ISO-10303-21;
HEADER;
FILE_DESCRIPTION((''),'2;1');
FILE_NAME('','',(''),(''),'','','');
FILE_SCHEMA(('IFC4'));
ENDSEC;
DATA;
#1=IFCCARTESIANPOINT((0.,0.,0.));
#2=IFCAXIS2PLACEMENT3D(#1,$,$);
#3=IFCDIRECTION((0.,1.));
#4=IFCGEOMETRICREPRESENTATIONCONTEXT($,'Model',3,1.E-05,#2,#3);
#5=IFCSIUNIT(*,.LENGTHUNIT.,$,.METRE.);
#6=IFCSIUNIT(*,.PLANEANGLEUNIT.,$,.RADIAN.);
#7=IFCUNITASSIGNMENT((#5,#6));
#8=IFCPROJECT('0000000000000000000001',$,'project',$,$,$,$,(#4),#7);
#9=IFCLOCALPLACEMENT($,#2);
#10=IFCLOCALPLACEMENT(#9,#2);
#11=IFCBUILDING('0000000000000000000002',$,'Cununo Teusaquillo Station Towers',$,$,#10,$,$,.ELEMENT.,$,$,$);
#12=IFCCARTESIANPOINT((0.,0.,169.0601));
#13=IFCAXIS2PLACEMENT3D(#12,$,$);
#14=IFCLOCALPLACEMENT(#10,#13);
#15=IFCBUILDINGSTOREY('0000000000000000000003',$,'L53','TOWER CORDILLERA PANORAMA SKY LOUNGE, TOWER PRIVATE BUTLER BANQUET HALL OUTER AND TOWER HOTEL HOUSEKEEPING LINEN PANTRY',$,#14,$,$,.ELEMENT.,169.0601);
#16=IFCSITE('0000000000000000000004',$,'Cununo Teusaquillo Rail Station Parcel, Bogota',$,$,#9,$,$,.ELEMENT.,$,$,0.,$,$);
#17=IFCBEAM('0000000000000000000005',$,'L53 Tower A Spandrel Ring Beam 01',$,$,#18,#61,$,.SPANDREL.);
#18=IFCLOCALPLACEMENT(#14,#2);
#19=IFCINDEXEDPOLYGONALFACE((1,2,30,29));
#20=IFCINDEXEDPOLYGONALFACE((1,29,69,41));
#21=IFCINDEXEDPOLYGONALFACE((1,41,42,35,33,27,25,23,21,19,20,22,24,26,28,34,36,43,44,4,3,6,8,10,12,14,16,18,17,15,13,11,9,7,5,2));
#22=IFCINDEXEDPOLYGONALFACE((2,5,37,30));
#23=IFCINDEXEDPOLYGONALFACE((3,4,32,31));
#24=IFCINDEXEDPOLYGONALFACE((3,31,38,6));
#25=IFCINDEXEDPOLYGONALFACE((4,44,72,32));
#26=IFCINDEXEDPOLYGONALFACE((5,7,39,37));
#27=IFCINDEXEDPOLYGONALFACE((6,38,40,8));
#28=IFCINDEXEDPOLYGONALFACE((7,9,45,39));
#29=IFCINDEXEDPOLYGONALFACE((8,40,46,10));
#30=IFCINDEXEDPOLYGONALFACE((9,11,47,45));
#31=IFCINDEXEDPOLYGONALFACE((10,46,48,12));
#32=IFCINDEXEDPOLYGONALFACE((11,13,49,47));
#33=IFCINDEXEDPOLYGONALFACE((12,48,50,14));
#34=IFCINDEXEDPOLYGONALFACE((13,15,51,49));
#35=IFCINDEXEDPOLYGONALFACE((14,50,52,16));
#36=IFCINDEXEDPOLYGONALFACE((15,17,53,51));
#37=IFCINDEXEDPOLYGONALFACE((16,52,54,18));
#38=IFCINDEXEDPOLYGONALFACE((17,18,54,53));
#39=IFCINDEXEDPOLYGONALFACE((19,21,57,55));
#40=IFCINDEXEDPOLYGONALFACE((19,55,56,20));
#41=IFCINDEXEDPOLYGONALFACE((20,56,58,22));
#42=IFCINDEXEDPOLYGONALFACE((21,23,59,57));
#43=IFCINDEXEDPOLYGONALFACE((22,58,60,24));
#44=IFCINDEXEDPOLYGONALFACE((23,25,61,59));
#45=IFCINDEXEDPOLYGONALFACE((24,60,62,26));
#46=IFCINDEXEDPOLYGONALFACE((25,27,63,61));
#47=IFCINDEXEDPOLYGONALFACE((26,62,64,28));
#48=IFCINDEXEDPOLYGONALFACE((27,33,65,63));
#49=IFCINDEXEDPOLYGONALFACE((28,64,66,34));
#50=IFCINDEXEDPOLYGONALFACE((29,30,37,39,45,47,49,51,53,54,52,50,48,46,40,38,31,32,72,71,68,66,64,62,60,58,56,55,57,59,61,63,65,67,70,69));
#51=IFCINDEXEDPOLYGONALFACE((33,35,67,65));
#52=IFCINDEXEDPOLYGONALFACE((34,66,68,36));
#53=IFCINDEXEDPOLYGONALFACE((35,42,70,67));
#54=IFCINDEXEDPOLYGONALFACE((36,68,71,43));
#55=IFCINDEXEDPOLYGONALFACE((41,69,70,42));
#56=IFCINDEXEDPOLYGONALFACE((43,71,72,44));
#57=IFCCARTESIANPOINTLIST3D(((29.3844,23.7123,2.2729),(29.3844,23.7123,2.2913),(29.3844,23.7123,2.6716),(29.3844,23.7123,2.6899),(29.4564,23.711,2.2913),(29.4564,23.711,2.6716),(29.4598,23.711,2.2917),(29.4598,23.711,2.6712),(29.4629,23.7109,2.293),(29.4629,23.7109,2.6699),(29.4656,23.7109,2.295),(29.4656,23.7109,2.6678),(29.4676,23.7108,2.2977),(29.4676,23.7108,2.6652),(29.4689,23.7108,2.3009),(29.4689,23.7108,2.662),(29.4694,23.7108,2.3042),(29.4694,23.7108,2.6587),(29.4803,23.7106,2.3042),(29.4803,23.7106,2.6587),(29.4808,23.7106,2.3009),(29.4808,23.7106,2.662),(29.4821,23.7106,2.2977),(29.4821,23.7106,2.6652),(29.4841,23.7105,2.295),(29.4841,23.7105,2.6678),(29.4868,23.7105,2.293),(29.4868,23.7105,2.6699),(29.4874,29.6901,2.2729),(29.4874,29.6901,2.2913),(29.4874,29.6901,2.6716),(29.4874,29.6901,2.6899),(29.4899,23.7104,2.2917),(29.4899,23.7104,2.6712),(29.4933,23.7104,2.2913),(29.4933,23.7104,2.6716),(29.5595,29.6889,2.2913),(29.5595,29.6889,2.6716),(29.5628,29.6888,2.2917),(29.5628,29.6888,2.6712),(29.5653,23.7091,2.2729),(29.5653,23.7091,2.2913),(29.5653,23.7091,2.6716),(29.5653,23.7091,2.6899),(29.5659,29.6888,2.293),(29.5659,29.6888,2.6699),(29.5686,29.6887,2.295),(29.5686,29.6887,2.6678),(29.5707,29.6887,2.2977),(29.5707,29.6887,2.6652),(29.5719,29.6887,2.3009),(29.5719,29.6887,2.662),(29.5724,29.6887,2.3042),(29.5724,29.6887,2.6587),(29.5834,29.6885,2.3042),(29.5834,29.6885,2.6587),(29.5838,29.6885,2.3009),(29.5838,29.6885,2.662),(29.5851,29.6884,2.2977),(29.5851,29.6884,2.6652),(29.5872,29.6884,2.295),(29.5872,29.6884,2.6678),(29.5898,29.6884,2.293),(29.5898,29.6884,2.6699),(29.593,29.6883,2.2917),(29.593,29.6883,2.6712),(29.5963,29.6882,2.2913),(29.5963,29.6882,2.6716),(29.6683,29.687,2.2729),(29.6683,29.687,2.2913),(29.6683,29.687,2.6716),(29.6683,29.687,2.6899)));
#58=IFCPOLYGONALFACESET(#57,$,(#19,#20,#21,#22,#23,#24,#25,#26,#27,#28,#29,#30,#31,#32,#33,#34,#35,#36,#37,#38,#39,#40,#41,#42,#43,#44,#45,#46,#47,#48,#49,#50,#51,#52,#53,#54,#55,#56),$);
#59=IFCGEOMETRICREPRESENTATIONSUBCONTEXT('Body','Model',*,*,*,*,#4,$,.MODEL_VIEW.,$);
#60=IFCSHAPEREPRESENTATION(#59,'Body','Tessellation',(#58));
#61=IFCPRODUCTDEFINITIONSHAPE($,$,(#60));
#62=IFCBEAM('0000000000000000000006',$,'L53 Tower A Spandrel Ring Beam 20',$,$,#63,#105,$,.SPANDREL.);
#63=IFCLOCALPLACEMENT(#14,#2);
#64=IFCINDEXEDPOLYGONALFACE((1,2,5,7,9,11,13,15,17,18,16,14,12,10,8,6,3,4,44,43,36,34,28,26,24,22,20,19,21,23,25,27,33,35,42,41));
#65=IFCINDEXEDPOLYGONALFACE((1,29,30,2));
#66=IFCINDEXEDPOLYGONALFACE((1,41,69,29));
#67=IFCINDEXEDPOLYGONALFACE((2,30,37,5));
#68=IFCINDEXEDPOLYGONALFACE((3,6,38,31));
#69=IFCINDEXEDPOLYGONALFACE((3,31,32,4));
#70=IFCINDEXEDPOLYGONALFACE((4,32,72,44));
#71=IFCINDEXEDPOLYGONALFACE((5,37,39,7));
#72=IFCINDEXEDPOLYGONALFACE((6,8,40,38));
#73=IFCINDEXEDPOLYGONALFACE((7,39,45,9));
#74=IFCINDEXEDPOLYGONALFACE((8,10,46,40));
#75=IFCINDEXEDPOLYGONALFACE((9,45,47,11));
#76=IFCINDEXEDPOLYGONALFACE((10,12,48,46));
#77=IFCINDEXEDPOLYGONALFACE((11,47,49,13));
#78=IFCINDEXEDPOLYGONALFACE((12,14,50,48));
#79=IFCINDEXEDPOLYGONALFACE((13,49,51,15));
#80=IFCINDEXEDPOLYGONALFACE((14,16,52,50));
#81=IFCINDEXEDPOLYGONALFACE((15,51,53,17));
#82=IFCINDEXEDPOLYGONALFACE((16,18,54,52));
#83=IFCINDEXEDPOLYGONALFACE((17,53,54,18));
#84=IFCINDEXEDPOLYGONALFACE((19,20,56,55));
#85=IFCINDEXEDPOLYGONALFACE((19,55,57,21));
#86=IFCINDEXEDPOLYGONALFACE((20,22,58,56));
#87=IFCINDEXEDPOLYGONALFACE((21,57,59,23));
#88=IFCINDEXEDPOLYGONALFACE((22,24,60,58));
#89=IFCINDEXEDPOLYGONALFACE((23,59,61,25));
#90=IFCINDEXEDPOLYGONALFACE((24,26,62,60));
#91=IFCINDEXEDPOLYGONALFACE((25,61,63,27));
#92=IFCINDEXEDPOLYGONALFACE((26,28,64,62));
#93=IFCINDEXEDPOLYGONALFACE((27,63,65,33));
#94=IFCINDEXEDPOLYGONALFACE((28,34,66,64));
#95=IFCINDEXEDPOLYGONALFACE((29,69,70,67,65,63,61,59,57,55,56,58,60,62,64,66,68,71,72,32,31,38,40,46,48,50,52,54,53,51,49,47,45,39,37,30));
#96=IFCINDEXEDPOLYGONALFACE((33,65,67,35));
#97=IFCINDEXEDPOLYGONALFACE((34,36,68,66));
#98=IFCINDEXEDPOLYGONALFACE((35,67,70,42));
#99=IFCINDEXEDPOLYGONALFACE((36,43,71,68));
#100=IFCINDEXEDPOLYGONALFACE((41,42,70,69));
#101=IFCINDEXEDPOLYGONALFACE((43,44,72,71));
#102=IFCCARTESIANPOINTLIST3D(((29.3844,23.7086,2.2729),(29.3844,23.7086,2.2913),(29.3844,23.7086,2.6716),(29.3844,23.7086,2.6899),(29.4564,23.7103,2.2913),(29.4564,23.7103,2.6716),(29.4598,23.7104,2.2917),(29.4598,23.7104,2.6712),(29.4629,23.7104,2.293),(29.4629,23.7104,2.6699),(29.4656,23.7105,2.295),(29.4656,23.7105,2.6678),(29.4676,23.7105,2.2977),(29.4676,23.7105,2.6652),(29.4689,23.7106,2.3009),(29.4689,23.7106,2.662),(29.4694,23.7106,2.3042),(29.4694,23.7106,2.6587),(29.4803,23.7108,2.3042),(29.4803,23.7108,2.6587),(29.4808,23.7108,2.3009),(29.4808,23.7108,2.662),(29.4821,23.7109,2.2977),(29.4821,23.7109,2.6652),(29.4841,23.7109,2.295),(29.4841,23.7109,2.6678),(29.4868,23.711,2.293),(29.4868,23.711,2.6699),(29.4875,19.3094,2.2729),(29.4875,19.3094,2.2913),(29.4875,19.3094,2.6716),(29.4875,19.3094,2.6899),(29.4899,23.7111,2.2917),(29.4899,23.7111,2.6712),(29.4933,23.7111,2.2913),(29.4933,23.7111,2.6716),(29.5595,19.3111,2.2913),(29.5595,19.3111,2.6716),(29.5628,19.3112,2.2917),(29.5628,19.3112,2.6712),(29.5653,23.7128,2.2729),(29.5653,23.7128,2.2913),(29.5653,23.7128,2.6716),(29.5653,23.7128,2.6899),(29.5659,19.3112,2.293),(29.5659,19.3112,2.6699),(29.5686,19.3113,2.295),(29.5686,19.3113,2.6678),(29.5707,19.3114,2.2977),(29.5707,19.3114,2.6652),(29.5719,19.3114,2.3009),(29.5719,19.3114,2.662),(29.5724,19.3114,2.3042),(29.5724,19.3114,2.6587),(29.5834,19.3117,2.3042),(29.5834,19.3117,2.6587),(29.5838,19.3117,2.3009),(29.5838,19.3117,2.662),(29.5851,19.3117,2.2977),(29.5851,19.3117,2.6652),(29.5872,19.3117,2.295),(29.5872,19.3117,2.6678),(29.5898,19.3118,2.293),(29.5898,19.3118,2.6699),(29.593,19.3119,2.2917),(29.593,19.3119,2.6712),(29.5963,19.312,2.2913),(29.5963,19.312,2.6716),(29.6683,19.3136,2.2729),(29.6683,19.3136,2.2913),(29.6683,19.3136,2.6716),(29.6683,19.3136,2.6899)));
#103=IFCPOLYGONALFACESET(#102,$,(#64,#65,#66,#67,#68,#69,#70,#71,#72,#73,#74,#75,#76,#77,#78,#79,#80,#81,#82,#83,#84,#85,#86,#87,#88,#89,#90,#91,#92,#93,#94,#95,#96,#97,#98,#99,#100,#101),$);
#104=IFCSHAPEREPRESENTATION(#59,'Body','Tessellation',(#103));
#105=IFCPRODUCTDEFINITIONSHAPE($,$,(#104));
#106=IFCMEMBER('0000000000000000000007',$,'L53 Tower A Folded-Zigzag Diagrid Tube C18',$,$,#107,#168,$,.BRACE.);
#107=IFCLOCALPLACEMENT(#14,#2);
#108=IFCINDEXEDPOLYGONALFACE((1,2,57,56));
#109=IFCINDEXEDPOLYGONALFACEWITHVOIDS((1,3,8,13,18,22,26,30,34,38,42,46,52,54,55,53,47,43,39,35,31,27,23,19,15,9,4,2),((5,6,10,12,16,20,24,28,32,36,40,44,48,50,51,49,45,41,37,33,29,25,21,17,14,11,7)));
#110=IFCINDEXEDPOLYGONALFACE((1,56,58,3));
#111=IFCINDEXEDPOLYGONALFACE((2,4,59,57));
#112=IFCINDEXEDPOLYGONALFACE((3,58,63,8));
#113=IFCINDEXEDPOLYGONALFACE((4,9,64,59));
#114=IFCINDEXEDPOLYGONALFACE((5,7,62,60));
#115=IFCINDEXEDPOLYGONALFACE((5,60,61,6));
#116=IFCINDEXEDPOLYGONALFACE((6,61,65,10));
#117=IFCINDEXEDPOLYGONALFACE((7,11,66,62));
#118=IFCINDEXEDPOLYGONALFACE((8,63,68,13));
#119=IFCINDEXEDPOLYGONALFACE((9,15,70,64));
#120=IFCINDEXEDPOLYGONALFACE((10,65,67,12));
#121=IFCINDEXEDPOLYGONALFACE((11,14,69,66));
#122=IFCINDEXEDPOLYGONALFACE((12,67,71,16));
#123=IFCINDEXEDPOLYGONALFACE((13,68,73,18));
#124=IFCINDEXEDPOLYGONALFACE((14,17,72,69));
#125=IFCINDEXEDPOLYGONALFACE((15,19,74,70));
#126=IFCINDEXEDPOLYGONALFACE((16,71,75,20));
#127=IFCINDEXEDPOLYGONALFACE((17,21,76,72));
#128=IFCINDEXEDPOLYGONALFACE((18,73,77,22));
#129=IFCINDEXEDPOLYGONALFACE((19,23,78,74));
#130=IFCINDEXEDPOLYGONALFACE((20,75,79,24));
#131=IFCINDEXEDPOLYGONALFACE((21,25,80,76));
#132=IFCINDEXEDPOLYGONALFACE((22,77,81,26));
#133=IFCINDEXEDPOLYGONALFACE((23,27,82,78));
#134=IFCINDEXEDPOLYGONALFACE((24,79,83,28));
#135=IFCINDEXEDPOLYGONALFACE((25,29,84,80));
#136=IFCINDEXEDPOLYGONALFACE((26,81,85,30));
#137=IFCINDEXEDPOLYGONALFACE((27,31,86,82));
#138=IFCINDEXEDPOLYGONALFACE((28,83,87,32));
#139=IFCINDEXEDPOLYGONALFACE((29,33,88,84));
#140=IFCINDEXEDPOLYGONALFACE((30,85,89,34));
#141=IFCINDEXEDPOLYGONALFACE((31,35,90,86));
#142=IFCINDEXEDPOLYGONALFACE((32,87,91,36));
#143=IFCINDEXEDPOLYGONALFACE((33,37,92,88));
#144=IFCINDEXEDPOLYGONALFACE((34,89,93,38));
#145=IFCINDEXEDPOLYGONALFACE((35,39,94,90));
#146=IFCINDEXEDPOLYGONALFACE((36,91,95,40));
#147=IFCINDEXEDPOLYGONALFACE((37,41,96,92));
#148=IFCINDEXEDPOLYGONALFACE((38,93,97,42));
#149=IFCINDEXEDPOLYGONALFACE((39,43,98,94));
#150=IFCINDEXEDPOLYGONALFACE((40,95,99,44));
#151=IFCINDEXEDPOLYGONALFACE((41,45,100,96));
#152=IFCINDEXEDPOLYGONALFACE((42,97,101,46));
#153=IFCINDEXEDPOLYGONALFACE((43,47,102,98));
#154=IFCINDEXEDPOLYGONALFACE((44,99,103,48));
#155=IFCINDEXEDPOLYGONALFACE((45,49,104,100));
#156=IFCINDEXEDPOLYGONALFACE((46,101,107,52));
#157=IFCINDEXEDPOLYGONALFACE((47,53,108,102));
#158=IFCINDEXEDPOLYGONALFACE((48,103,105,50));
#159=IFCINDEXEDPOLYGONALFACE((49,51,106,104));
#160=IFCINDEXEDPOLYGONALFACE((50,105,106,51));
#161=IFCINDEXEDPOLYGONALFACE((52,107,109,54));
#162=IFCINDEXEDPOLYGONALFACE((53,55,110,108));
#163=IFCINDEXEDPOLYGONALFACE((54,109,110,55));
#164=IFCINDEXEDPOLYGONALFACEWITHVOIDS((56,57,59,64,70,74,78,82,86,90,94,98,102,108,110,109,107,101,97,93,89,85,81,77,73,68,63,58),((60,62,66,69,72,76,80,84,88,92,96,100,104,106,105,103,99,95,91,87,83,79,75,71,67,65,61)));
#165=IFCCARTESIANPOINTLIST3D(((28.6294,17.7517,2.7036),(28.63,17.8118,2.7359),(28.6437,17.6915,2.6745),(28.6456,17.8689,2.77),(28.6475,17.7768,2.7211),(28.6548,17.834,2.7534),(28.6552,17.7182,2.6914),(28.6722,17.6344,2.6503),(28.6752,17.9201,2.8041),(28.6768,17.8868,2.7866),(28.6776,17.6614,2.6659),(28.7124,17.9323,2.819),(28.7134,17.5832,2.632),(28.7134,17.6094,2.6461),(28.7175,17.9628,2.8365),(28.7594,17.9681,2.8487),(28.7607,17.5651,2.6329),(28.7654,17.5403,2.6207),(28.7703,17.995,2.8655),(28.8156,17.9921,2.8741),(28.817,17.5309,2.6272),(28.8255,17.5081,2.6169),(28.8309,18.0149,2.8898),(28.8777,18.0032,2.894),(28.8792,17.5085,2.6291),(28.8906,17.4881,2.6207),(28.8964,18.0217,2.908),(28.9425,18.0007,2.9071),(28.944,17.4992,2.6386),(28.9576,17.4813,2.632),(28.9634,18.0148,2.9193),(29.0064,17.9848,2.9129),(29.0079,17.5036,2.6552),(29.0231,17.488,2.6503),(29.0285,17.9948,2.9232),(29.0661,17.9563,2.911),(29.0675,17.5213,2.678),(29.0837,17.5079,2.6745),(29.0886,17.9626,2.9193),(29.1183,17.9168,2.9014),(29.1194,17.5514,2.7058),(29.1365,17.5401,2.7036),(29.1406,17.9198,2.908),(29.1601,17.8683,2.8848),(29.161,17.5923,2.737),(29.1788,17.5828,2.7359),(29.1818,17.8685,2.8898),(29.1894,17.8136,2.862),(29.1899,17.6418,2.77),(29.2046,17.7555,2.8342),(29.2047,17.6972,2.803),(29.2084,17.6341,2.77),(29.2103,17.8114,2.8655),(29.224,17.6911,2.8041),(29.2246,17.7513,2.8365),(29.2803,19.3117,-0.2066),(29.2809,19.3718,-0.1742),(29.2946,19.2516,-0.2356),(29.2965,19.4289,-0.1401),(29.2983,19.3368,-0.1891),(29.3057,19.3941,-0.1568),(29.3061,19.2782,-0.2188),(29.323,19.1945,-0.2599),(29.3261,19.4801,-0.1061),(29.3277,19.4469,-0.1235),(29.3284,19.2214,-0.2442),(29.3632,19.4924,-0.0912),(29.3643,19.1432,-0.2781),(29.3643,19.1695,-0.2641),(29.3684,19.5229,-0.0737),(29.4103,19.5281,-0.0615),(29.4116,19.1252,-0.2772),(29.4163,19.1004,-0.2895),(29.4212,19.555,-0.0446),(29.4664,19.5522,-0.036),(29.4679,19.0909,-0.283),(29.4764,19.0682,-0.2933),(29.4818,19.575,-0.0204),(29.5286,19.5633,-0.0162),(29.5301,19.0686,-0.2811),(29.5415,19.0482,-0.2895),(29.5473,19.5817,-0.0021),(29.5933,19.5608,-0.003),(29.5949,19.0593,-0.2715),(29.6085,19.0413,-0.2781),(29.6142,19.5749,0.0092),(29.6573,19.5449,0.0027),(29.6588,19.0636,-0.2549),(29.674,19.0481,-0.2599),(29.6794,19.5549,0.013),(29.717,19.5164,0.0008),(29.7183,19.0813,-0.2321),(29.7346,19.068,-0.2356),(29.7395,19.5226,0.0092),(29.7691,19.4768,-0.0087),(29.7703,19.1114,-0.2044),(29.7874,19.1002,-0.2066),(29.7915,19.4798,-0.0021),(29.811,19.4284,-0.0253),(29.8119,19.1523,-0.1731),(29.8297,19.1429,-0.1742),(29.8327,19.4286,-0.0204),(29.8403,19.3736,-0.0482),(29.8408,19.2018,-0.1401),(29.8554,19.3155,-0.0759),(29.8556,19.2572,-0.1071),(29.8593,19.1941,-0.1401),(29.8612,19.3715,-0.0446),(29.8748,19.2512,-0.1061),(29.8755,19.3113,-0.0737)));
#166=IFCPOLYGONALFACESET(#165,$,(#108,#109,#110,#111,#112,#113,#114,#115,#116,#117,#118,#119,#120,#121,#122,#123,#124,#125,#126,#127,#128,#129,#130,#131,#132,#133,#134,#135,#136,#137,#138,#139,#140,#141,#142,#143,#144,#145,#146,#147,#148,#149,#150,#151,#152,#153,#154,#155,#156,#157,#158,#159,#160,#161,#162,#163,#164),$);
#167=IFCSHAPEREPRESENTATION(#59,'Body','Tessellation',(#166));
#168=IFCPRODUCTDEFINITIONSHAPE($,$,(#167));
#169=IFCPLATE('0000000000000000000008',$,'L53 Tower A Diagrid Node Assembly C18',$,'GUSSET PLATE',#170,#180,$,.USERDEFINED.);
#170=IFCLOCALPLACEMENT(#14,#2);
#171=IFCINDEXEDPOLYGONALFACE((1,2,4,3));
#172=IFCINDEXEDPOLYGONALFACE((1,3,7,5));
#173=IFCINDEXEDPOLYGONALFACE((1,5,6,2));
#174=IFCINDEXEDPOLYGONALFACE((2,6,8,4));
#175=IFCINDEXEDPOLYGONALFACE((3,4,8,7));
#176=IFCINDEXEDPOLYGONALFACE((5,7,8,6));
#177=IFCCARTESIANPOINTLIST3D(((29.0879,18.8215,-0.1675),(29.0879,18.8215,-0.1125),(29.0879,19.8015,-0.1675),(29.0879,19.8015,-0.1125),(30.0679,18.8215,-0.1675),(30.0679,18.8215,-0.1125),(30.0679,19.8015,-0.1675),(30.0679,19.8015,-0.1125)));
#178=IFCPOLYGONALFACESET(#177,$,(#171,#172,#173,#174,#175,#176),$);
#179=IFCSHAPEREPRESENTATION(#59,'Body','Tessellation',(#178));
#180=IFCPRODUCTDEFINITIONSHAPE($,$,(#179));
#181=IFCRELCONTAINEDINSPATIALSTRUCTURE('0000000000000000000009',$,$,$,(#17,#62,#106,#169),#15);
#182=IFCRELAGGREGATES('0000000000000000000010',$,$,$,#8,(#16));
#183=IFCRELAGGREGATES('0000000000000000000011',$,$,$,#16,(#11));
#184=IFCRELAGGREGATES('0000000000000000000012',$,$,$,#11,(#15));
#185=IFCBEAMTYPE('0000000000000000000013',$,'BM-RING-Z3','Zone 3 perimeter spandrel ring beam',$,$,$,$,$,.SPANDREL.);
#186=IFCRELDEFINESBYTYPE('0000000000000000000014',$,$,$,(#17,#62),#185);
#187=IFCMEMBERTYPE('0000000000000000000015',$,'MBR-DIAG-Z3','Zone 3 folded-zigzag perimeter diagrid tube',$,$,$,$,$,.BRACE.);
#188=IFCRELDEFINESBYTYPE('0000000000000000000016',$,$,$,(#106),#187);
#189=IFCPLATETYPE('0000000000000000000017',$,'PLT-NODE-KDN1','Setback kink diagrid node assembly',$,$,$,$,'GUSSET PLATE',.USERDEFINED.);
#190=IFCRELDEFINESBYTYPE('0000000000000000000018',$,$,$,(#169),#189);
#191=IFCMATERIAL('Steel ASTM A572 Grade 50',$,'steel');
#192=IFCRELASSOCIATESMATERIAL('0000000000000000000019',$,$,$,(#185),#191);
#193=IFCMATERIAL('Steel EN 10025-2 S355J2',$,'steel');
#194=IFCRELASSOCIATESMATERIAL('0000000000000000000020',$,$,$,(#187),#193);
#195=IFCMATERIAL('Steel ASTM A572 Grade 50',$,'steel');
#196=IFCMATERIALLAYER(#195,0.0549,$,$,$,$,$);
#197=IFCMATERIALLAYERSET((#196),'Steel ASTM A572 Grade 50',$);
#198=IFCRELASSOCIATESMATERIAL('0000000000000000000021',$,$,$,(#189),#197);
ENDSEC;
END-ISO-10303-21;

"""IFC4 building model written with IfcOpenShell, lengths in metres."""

from ifc_helpers import new_model, si_unit, direction, frame, origin, origin_2d, place, context, subcontext, project, spatial, rectangle, hollow_circle, i_section, extrude, source, transform, mapped, material, layer, layer_set, material_profile, profile_set, type_object, element, save


model = new_model("IFC4")

# Units and contexts
model_context = context("Model", 3, precision=1e-05, world=origin(), true_north=direction((0.0, 1.0)))
body_context = subcontext(model_context, "Body", "Model", "MODEL_VIEW")
ifc_project = project(units=[si_unit("LENGTHUNIT", "METRE"), si_unit("PLANEANGLEUNIT", "RADIAN")], contexts=[model_context])

# Site, building, storey
site_placement = place(None, origin())
site = spatial("IfcSite", under=ifc_project, at=site_placement, Name="Cununo Teusaquillo Rail Station Parcel, Bogota", CompositionType="ELEMENT", RefElevation=0.0)
building_placement = place(site_placement, origin())
building = spatial("IfcBuilding", under=site, at=building_placement, Name="Cununo Teusaquillo Station Towers", CompositionType="ELEMENT")
storey_placement = place(building_placement, frame((0.0, 0.0, 169.0601)))
storey = spatial("IfcBuildingStorey", under=building, at=storey_placement, Name="L53", Description="TOWER CORDILLERA PANORAMA SKY LOUNGE, TOWER PRIVATE BUTLER BANQUET HALL OUTER AND TOWER HOTEL HOUSEKEEPING LINEN PANTRY", CompositionType="ELEMENT", Elevation=169.0601)

# Beams
ifc_material_1 = material(Name="Steel ASTM A572 Grade 50", Category="steel")
ifc_material_profile_1 = material_profile(ifc_material_1, i_section(OverallWidth=0.1809, OverallDepth=0.417, WebThickness=0.011, FlangeThickness=0.0183, FilletRadius=0.0129, at=origin_2d()), Name="W16X57")
ifc_profile_set_1 = profile_set([ifc_material_profile_1], Name="Steel ASTM A572 Grade 50")
beam_type_1 = type_object("IfcBeamType", Name="BM-RING-Z3", Description="Zone 3 perimeter spandrel ring beam", PredefinedType="SPANDREL", material=ifc_profile_set_1)
beam_1_placement = place(storey_placement, frame((29.4749, 23.7107, 2.4814), z_axis=(0.017232, 0.999852, 0.0), x_axis=(-0.999852, 0.017232, 0.0)))
element("IfcBeam", 1, at=beam_1_placement, inside=storey, type_object=beam_type_1, Name="L53 Tower A Spandrel Ring Beam 01", PredefinedType="SPANDREL", context=body_context, shape_type="SweptSolid", body=[
    extrude(i_section(OverallWidth=0.1809, OverallDepth=0.417, WebThickness=0.011, FlangeThickness=0.0183, FilletRadius=0.0129, at=origin_2d()), origin(), (0.0, 0.0, 1.0), 5.9788),
])
beam_2_placement = place(storey_placement, frame((29.5779, 19.3115, 2.4814), z_axis=(-0.023413, 0.999726, 0.0), x_axis=(-0.999726, -0.023413, 0.0)))
element("IfcBeam", 2, at=beam_2_placement, inside=storey, type_object=beam_type_1, Name="L53 Tower A Spandrel Ring Beam 20", PredefinedType="SPANDREL", context=body_context, shape_type="SweptSolid", body=[
    extrude(i_section(OverallWidth=0.1809, OverallDepth=0.417, WebThickness=0.011, FlangeThickness=0.0183, FilletRadius=0.0129, at=origin_2d()), origin(), (0.0, 0.0, 1.0), 4.4004),
])

# Member
ifc_material_2 = material(Name="Steel EN 10025-2 S355J2", Category="steel")
ifc_material_profile_2 = material_profile(ifc_material_2, hollow_circle(Radius=0.3049, WallThickness=0.02, at=origin_2d()), Name="CHS 610x20")
ifc_profile_set_2 = profile_set([ifc_material_profile_2], Name="Steel EN 10025-2 S355J2")
member_type = type_object("IfcMemberType", Name="MBR-DIAG-Z3", Description="Zone 3 folded-zigzag perimeter diagrid tube", PredefinedType="BRACE", material=ifc_profile_set_2)
member_placement = place(storey_placement, frame((29.5779, 19.3115, -0.1401), z_axis=(-0.193399, -0.463548, 0.864708), x_axis=(0.922897, -0.385046, 0.0)))
element("IfcMember", 3, at=member_placement, inside=storey, type_object=member_type, Name="L53 Tower A Folded-Zigzag Diagrid Tube C18", PredefinedType="BRACE", context=body_context, shape_type="SweptSolid", body=[
    extrude(hollow_circle(Radius=0.3049, WallThickness=0.02, at=origin_2d()), origin(), (0.0, 0.0, 1.0), 3.3655),
])

# Plate
ifc_material_3 = material(Name="Steel ASTM A572 Grade 50", Category="steel")
ifc_layer_1 = layer(ifc_material_3, 0.0549)
ifc_layer_set_1 = layer_set([ifc_layer_1], Name="Steel ASTM A572 Grade 50")
plate_type = type_object("IfcPlateType", Name="PLT-NODE-KDN1", Description="Setback kink diagrid node assembly", ElementType="GUSSET PLATE", PredefinedType="USERDEFINED", material=ifc_layer_set_1)
shared_shape_1 = source(origin(), body_context, "Body", "SweptSolid", [
    extrude(rectangle(XDim=0.98, YDim=0.98, at=origin_2d()), origin(), (0.0, 0.0, 1.0), 0.0549),
])
plate_placement = place(storey_placement, frame((29.5779, 19.3115, -0.1675), z_axis=(0.0, 0.0, 1.0), x_axis=(1.0, 0.0, 0.0)))
element("IfcPlate", 4, at=plate_placement, inside=storey, type_object=plate_type, Name="L53 Tower A Diagrid Node Assembly C18", ObjectType="GUSSET PLATE", PredefinedType="USERDEFINED", context=body_context, shape_type="MappedRepresentation", body=[
    mapped(shared_shape_1, transform((0.0, 0.0, 0.0), x_axis=(1.0, 0.0, 0.0), y_axis=(0.0, 1.0, 0.0), z_axis=(0.0, 0.0, 1.0), scale=1.0)),
])

save(model, "model.ifc")
